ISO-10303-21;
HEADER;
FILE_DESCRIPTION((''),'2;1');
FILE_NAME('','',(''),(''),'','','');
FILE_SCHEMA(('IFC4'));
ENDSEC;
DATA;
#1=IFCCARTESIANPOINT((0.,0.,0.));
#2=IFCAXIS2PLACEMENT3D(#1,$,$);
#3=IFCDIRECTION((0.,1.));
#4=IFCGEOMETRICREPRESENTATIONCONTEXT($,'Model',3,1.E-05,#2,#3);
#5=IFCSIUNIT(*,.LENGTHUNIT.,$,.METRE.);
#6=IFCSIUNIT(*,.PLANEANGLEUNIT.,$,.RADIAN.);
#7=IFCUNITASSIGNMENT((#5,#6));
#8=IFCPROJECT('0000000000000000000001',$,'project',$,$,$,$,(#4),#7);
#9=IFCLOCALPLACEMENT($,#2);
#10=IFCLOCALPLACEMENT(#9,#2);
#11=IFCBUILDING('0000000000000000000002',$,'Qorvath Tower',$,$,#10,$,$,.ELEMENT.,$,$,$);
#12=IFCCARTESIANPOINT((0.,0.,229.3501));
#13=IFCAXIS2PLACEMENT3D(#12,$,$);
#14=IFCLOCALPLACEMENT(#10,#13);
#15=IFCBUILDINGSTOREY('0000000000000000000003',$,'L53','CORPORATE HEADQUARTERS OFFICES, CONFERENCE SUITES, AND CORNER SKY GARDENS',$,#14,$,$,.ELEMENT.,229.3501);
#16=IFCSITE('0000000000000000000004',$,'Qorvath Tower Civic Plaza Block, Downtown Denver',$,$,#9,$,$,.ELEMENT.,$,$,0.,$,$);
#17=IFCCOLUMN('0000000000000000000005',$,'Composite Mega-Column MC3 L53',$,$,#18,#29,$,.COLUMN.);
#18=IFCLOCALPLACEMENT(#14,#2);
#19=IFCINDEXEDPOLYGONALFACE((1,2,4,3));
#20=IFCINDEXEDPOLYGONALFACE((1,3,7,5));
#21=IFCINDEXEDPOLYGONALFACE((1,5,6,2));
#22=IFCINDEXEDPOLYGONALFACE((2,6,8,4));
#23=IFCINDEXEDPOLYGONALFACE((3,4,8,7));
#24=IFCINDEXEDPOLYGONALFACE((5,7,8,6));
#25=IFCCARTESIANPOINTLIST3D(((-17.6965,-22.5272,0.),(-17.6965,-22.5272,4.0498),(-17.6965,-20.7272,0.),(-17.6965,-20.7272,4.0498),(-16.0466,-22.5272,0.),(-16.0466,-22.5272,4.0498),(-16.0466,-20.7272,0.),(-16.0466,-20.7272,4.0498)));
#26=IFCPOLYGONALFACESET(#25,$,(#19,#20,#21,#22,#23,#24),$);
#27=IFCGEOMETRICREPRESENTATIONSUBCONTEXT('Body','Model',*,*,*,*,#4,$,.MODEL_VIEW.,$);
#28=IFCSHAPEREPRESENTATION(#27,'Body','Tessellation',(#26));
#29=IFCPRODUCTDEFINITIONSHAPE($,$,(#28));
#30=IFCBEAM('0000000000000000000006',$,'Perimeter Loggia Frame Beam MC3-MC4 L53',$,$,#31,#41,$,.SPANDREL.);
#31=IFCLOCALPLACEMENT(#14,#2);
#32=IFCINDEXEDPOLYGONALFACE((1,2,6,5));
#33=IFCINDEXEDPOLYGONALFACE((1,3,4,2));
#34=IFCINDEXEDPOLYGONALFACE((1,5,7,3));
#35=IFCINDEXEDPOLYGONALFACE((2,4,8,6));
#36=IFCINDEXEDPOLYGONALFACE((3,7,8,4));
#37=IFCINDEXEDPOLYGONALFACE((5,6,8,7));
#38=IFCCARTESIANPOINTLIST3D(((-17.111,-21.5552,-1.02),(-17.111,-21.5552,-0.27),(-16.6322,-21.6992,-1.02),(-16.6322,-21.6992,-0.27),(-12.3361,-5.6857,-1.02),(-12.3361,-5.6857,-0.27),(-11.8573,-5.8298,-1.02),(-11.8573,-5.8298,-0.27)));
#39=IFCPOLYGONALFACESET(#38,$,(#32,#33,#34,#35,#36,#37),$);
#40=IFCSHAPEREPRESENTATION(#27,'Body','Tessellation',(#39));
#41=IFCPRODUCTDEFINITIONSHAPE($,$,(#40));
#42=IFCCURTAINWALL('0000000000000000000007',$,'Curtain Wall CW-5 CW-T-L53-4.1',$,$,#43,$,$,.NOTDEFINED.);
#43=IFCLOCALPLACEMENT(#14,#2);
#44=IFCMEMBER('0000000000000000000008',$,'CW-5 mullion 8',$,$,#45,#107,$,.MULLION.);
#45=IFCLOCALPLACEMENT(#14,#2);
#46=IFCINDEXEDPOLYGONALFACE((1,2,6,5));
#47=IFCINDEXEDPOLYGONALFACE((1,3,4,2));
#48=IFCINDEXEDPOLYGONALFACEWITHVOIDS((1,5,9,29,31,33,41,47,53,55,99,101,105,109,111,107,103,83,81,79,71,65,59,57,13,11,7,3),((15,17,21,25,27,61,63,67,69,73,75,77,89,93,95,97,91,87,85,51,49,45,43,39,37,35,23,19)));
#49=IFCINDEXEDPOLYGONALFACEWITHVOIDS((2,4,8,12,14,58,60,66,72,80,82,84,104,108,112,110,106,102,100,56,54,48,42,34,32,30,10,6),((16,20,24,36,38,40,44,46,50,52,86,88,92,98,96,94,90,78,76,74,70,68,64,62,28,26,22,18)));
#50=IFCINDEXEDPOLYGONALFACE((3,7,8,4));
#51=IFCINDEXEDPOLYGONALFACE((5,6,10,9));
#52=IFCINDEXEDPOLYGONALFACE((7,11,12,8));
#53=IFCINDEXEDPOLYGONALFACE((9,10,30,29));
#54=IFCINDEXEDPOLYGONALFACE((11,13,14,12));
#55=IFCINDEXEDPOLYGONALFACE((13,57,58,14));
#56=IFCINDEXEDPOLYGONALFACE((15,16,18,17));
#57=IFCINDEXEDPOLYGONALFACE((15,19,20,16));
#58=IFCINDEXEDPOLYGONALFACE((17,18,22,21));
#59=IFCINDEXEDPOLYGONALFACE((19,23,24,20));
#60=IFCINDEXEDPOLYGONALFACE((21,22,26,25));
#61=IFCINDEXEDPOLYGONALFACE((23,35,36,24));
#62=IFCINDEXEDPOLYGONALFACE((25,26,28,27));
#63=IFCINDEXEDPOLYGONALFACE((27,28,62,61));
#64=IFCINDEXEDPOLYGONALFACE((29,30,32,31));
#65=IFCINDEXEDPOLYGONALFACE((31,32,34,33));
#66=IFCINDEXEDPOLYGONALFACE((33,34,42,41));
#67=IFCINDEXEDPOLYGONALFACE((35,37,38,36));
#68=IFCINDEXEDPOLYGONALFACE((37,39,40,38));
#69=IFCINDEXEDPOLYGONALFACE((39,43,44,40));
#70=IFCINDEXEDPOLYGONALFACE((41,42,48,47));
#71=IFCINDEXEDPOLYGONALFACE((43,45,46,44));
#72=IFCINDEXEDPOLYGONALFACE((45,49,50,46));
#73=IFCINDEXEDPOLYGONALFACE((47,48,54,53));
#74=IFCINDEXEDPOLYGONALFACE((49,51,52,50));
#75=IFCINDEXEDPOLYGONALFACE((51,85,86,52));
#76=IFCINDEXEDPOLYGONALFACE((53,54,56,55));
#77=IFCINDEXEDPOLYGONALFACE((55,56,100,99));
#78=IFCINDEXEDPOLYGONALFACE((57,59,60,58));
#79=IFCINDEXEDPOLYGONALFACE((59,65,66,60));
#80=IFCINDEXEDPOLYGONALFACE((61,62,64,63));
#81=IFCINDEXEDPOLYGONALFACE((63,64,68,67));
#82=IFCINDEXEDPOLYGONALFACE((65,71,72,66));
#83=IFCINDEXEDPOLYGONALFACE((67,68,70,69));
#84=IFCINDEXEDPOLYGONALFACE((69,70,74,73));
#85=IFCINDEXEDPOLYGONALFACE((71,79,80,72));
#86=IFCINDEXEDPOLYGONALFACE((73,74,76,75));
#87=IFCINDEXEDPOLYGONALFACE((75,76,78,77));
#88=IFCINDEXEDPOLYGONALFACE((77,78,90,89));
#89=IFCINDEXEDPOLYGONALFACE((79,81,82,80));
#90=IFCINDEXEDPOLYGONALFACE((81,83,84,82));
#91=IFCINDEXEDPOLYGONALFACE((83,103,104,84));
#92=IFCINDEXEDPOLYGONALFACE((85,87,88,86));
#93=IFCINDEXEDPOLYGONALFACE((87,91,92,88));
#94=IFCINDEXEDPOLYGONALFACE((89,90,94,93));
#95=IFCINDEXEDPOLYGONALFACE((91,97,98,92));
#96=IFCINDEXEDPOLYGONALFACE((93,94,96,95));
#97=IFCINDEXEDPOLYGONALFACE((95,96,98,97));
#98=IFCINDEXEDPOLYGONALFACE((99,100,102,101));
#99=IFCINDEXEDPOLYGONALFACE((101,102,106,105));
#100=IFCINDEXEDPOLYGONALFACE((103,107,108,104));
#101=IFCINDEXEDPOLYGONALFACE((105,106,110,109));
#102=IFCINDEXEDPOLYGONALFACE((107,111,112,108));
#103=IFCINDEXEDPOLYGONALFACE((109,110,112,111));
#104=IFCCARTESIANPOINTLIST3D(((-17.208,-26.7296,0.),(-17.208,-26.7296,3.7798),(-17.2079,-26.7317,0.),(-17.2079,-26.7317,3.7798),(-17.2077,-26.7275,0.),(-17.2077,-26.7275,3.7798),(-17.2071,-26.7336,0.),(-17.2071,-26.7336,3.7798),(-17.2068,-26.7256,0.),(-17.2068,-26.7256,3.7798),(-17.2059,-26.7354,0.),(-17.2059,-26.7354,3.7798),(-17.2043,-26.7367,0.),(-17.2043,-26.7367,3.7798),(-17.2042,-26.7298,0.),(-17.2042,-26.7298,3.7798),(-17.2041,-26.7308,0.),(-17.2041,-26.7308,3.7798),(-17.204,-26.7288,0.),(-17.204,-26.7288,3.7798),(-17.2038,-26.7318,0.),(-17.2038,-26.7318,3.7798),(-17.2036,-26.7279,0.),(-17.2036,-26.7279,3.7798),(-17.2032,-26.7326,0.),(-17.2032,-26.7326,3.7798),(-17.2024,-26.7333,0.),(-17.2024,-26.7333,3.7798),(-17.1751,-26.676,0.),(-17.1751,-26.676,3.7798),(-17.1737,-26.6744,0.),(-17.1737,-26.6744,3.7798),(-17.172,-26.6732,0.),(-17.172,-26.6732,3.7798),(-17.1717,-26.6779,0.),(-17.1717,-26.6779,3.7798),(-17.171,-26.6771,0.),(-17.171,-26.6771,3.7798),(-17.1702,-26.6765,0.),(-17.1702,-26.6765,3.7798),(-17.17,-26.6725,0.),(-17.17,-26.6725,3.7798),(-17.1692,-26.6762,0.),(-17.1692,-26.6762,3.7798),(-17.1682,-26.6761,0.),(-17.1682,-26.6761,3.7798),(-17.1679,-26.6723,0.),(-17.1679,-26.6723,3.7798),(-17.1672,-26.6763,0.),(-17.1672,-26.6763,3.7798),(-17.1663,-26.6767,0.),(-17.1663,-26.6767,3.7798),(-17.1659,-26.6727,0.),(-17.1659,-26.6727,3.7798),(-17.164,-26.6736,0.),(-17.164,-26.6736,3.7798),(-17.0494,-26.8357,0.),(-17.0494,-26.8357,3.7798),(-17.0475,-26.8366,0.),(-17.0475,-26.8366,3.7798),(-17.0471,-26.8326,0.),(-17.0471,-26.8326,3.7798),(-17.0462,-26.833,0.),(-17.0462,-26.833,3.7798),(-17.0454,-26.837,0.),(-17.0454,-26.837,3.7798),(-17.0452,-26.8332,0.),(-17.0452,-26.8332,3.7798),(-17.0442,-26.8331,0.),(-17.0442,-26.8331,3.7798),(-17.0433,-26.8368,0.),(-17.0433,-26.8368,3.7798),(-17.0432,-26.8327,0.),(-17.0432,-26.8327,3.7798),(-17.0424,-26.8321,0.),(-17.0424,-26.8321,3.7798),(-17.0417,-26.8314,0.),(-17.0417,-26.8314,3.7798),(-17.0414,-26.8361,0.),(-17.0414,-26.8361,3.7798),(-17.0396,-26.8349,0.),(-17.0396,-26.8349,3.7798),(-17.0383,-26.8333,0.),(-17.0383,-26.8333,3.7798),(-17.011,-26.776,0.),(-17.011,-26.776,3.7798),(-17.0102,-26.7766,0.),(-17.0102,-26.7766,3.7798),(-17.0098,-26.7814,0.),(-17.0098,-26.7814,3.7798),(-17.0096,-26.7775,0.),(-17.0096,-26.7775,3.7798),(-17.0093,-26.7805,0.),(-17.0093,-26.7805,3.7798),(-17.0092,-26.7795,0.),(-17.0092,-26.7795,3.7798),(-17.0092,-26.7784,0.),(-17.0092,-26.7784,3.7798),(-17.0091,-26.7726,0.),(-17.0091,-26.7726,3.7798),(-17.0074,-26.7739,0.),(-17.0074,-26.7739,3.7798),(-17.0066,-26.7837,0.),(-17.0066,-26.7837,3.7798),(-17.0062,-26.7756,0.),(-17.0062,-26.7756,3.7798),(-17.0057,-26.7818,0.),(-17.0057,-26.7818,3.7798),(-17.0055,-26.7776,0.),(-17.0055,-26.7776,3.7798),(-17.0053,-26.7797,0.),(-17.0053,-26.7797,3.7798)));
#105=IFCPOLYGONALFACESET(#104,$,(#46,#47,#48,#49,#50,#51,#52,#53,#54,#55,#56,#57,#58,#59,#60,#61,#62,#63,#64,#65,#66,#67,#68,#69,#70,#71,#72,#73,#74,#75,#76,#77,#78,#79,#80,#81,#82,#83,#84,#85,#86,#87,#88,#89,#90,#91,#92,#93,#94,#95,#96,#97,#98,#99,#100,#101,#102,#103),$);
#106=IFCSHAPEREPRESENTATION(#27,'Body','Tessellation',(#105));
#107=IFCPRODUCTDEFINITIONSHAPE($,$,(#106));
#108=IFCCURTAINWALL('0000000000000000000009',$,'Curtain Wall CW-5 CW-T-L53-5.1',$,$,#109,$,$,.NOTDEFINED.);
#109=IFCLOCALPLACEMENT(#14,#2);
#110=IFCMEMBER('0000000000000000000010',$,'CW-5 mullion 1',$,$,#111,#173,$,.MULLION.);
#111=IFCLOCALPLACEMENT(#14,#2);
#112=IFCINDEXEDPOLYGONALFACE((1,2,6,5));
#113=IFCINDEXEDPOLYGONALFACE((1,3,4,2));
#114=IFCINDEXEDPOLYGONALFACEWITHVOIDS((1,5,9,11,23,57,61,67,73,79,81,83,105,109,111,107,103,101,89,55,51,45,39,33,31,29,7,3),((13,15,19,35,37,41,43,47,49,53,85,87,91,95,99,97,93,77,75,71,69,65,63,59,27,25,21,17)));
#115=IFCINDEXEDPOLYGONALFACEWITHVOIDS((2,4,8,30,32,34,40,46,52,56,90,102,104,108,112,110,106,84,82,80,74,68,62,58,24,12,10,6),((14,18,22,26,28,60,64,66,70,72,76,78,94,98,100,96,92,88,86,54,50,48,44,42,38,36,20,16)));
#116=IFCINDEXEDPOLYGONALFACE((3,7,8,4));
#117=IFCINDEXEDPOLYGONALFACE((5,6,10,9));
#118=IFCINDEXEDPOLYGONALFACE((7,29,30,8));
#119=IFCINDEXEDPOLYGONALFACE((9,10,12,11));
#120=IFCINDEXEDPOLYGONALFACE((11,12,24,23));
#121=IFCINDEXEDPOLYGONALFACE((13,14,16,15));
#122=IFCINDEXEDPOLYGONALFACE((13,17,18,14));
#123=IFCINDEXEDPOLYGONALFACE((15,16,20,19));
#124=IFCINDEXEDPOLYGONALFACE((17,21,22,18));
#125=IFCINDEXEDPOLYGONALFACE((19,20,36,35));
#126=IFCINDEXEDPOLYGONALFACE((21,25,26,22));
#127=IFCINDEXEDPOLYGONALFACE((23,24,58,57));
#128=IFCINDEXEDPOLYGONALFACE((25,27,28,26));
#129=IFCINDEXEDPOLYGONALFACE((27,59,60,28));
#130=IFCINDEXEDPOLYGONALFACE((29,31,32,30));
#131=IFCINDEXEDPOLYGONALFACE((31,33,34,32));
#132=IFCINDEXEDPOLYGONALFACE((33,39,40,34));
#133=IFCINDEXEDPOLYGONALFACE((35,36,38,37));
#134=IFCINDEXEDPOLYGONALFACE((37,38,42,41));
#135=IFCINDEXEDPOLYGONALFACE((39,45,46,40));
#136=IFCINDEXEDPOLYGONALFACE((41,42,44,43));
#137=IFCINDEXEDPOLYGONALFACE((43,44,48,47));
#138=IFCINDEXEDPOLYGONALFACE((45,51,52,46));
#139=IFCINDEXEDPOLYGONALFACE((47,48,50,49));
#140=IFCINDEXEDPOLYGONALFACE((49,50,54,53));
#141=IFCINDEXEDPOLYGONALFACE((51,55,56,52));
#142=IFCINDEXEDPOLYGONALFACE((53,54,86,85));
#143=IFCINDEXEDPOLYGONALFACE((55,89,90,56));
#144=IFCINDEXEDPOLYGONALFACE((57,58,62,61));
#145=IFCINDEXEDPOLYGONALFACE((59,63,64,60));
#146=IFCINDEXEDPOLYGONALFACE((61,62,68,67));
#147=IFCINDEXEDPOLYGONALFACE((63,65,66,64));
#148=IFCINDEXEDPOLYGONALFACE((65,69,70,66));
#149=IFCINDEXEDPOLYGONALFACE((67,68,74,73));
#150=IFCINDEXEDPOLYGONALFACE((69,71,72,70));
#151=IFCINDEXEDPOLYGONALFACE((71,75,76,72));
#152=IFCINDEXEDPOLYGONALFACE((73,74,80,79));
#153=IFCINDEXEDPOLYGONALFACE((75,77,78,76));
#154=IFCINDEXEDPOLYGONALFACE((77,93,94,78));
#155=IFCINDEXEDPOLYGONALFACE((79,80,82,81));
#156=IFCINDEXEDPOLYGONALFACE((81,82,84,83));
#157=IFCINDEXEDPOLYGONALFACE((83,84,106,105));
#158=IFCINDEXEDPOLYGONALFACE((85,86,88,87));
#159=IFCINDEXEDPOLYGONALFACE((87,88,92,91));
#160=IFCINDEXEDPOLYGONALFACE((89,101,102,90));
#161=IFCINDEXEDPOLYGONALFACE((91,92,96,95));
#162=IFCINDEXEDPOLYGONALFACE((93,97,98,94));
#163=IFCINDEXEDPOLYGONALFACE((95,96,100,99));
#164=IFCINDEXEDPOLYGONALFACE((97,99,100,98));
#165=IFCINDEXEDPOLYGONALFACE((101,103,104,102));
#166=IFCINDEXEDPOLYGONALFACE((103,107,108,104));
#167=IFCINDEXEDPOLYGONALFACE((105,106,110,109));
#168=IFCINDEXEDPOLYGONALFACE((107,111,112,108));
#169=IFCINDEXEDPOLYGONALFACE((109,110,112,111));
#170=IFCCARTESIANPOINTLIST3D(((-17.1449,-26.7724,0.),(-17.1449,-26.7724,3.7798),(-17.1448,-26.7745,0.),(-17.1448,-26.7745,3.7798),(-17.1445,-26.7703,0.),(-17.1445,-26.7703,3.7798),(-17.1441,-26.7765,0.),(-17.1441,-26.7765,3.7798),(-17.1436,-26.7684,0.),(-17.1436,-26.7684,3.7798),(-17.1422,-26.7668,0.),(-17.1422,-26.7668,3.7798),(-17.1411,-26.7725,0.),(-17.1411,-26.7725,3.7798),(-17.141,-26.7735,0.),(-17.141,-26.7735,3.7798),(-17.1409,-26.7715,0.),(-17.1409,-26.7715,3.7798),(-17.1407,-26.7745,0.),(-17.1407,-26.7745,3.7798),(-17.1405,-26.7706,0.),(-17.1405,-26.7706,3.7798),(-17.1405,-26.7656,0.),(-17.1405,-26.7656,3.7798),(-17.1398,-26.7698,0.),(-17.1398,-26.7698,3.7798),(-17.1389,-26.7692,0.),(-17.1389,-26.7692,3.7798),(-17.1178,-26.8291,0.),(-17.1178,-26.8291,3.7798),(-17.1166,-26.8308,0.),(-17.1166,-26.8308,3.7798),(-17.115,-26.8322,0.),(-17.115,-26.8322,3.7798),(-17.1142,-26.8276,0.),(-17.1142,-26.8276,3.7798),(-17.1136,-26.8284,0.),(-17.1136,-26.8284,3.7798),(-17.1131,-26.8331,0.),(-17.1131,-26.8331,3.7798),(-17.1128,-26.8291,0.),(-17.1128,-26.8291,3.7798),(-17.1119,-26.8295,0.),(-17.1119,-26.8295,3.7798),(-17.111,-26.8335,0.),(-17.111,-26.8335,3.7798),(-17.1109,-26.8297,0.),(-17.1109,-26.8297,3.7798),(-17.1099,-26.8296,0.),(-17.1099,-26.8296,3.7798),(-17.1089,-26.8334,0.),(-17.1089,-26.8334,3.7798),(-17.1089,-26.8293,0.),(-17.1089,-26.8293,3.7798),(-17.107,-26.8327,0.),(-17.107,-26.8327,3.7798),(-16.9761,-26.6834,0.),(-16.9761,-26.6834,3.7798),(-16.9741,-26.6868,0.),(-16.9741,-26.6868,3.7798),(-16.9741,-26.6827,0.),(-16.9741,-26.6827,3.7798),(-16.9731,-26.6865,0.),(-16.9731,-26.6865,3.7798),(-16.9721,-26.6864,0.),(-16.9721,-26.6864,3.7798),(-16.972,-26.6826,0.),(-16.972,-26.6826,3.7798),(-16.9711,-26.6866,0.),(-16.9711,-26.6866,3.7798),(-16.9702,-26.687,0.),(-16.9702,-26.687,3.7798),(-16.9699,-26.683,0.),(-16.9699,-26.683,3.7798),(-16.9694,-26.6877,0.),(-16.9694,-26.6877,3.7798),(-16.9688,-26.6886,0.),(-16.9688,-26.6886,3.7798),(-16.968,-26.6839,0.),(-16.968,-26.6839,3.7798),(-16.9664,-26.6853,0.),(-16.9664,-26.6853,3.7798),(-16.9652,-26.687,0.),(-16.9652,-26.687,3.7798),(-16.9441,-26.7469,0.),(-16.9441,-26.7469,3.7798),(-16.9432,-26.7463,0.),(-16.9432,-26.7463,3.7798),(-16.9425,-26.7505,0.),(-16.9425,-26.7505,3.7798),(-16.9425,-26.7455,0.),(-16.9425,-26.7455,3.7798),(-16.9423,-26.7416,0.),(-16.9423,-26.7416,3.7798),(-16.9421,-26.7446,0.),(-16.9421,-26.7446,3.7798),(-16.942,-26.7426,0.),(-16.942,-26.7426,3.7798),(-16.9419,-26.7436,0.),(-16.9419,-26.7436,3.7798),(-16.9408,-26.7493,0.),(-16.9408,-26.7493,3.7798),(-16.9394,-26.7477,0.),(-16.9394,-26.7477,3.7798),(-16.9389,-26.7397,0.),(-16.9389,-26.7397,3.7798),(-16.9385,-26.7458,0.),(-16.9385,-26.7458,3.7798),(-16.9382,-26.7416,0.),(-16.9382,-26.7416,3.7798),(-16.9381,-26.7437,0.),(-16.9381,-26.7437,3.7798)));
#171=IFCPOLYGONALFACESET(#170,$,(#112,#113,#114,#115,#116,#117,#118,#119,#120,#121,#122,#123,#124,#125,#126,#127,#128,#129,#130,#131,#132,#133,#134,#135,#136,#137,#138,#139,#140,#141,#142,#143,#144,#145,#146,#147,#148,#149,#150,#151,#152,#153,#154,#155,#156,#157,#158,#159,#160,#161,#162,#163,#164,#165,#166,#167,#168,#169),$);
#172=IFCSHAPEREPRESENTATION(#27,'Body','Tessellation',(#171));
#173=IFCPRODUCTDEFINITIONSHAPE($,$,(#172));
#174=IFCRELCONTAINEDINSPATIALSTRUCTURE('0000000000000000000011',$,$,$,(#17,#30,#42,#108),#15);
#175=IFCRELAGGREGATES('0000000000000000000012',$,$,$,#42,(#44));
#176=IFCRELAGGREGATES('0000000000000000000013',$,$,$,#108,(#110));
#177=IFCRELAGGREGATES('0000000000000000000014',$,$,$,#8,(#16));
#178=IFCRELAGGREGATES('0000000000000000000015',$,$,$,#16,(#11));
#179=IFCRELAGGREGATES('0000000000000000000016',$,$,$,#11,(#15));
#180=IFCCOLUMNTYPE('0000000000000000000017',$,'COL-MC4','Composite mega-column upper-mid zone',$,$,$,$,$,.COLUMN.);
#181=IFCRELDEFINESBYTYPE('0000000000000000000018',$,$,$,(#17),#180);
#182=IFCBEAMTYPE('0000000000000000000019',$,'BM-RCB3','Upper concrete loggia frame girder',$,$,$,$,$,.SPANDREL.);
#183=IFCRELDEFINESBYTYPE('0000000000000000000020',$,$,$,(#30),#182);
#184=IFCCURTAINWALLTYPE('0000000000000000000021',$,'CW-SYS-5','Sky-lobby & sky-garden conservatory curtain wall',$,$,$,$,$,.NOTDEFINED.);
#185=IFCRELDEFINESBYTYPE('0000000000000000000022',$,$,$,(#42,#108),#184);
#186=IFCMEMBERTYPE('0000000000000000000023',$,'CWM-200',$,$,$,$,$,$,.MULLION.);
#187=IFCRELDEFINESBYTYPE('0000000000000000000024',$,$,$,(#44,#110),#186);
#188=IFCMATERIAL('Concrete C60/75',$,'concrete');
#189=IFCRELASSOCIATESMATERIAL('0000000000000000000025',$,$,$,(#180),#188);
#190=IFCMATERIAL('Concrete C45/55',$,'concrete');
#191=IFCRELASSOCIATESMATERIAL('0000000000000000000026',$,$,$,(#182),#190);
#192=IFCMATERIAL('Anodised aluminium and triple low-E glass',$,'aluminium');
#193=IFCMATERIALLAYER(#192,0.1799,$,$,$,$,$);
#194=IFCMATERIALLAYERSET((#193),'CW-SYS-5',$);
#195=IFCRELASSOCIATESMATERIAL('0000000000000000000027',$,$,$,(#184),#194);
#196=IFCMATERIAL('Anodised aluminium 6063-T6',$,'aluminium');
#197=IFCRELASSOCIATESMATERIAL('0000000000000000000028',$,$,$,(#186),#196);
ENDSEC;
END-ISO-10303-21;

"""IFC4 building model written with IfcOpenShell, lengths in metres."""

from ifc_helpers import new_model, si_unit, direction, frame, origin, origin_2d, place, context, subcontext, project, spatial, rectangle, hollow_rectangle, extrude, material, layer, layer_set, material_profile, profile_set, type_object, element, aggregate, save


model = new_model("IFC4")

# Units and contexts
model_context = context("Model", 3, precision=1e-05, world=origin(), true_north=direction((0.0, 1.0)))
body_context = subcontext(model_context, "Body", "Model", "MODEL_VIEW")
ifc_project = project(units=[si_unit("LENGTHUNIT", "METRE"), si_unit("PLANEANGLEUNIT", "RADIAN")], contexts=[model_context])

# Site, building, storey
site_placement = place(None, origin())
site = spatial("IfcSite", under=ifc_project, at=site_placement, Name="Qorvath Tower Civic Plaza Block, Downtown Denver", CompositionType="ELEMENT", RefElevation=0.0)
building_placement = place(site_placement, origin())
building = spatial("IfcBuilding", under=site, at=building_placement, Name="Qorvath Tower", CompositionType="ELEMENT")
storey_placement = place(building_placement, frame((0.0, 0.0, 229.3501)))
storey = spatial("IfcBuildingStorey", under=building, at=storey_placement, Name="L53", Description="CORPORATE HEADQUARTERS OFFICES, CONFERENCE SUITES, AND CORNER SKY GARDENS", CompositionType="ELEMENT", Elevation=229.3501)

# Column
ifc_material_1 = material(Name="Concrete C60/75", Category="concrete")
ifc_material_profile_1 = material_profile(ifc_material_1, rectangle(XDim=1.6499, YDim=1.8, at=origin_2d()), Name="MC 1800x1650")
ifc_profile_set_1 = profile_set([ifc_material_profile_1], Name="Concrete C60/75")
column_type = type_object("IfcColumnType", Name="COL-MC4", Description="Composite mega-column upper-mid zone", PredefinedType="COLUMN", material=ifc_profile_set_1)
column_placement = place(storey_placement, frame((-16.8716, -21.6272, 0.0), z_axis=(0.0, 0.0, 1.0), x_axis=(1.0, 0.0, 0.0)))
element("IfcColumn", 1, at=column_placement, inside=storey, type_object=column_type, Name="Composite Mega-Column MC3 L53", PredefinedType="COLUMN", context=body_context, shape_type="SweptSolid", body=[
    extrude(rectangle(XDim=1.6499, YDim=1.8, at=origin_2d()), origin(), (0.0, 0.0, 1.0), 4.0498),
])

# Beam
ifc_material_2 = material(Name="Concrete C45/55", Category="concrete")
ifc_material_profile_2 = material_profile(ifc_material_2, rectangle(XDim=0.5, YDim=0.75, at=origin_2d()), Name="RCB 750x500")
ifc_profile_set_2 = profile_set([ifc_material_profile_2], Name="Concrete C45/55")
beam_type = type_object("IfcBeamType", Name="BM-RCB3", Description="Upper concrete loggia frame girder", PredefinedType="SPANDREL", material=ifc_profile_set_2)
beam_placement = place(storey_placement, frame((-16.8716, -21.6272, -0.645), z_axis=(0.288128, 0.957592, 0.0), x_axis=(-0.957592, 0.288128, 0.0)))
element("IfcBeam", 2, at=beam_placement, inside=storey, type_object=beam_type, Name="Perimeter Loggia Frame Beam MC3-MC4 L53", PredefinedType="SPANDREL", context=body_context, shape_type="SweptSolid", body=[
    extrude(rectangle(XDim=0.5, YDim=0.75, at=origin_2d()), origin(), (0.0, 0.0, 1.0), 16.5723),
])

# Curtain wall, member
ifc_material_3 = material(Name="Anodised aluminium and triple low-E glass", Category="aluminium")
ifc_layer_1 = layer(ifc_material_3, 0.1799)
ifc_layer_set_1 = layer_set([ifc_layer_1], Name="CW-SYS-5")
curtain_wall_type = type_object("IfcCurtainWallType", Name="CW-SYS-5", Description="Sky-lobby & sky-garden conservatory curtain wall", PredefinedType="NOTDEFINED", material=ifc_layer_set_1)
curtain_wall_1_placement = place(storey_placement, origin())
curtain_wall_1 = element("IfcCurtainWall", 3, at=curtain_wall_1_placement, inside=storey, type_object=curtain_wall_type, Name="Curtain Wall CW-5 CW-T-L53-4.1", PredefinedType="NOTDEFINED")
ifc_material_4 = material(Name="Anodised aluminium 6063-T6", Category="aluminium")
ifc_material_profile_3 = material_profile(ifc_material_4, hollow_rectangle(XDim=0.075, YDim=0.2, WallThickness=0.0039, InnerFilletRadius=0.0039, OuterFilletRadius=0.0081, at=origin_2d()), Name="CWM 200x75")
ifc_profile_set_3 = profile_set([ifc_material_profile_3], Name="Anodised aluminium 6063-T6")
member_type_1 = type_object("IfcMemberType", Name="CWM-200", PredefinedType="MULLION", material=ifc_profile_set_3)
member_1_placement = place(storey_placement, frame((-17.1067, -26.7546, 0.0), z_axis=(0.0, 0.0, 1.0), x_axis=(0.538529, 0.842607, 0.0)))
member_1 = element("IfcMember", 4, at=member_1_placement, type_object=member_type_1, Name="CW-5 mullion 8", PredefinedType="MULLION", context=body_context, shape_type="SweptSolid", body=[
    extrude(hollow_rectangle(XDim=0.075, YDim=0.2, WallThickness=0.0039, InnerFilletRadius=0.0039, OuterFilletRadius=0.0081, at=origin_2d()), origin(), (0.0, 0.0, 1.0), 3.7798),
])

# Curtain wall, member
curtain_wall_2_placement = place(storey_placement, origin())
curtain_wall_2 = element("IfcCurtainWall", 5, at=curtain_wall_2_placement, inside=storey, type_object=curtain_wall_type, Name="Curtain Wall CW-5 CW-T-L53-5.1", PredefinedType="NOTDEFINED")
member_2_placement = place(storey_placement, frame((-17.0415, -26.7581, 0.0), z_axis=(0.0, 0.0, 1.0), x_axis=(-0.447232, 0.894418, 0.0)))
member_2 = element("IfcMember", 6, at=member_2_placement, type_object=member_type_1, Name="CW-5 mullion 1", PredefinedType="MULLION", context=body_context, shape_type="SweptSolid", body=[
    extrude(hollow_rectangle(XDim=0.075, YDim=0.2, WallThickness=0.0039, InnerFilletRadius=0.0039, OuterFilletRadius=0.0081, at=origin_2d()), origin(), (0.0, 0.0, 1.0), 3.7798),
])

aggregate(curtain_wall_1, [member_1])
aggregate(curtain_wall_2, [member_2])

save(model, "model.ifc")
